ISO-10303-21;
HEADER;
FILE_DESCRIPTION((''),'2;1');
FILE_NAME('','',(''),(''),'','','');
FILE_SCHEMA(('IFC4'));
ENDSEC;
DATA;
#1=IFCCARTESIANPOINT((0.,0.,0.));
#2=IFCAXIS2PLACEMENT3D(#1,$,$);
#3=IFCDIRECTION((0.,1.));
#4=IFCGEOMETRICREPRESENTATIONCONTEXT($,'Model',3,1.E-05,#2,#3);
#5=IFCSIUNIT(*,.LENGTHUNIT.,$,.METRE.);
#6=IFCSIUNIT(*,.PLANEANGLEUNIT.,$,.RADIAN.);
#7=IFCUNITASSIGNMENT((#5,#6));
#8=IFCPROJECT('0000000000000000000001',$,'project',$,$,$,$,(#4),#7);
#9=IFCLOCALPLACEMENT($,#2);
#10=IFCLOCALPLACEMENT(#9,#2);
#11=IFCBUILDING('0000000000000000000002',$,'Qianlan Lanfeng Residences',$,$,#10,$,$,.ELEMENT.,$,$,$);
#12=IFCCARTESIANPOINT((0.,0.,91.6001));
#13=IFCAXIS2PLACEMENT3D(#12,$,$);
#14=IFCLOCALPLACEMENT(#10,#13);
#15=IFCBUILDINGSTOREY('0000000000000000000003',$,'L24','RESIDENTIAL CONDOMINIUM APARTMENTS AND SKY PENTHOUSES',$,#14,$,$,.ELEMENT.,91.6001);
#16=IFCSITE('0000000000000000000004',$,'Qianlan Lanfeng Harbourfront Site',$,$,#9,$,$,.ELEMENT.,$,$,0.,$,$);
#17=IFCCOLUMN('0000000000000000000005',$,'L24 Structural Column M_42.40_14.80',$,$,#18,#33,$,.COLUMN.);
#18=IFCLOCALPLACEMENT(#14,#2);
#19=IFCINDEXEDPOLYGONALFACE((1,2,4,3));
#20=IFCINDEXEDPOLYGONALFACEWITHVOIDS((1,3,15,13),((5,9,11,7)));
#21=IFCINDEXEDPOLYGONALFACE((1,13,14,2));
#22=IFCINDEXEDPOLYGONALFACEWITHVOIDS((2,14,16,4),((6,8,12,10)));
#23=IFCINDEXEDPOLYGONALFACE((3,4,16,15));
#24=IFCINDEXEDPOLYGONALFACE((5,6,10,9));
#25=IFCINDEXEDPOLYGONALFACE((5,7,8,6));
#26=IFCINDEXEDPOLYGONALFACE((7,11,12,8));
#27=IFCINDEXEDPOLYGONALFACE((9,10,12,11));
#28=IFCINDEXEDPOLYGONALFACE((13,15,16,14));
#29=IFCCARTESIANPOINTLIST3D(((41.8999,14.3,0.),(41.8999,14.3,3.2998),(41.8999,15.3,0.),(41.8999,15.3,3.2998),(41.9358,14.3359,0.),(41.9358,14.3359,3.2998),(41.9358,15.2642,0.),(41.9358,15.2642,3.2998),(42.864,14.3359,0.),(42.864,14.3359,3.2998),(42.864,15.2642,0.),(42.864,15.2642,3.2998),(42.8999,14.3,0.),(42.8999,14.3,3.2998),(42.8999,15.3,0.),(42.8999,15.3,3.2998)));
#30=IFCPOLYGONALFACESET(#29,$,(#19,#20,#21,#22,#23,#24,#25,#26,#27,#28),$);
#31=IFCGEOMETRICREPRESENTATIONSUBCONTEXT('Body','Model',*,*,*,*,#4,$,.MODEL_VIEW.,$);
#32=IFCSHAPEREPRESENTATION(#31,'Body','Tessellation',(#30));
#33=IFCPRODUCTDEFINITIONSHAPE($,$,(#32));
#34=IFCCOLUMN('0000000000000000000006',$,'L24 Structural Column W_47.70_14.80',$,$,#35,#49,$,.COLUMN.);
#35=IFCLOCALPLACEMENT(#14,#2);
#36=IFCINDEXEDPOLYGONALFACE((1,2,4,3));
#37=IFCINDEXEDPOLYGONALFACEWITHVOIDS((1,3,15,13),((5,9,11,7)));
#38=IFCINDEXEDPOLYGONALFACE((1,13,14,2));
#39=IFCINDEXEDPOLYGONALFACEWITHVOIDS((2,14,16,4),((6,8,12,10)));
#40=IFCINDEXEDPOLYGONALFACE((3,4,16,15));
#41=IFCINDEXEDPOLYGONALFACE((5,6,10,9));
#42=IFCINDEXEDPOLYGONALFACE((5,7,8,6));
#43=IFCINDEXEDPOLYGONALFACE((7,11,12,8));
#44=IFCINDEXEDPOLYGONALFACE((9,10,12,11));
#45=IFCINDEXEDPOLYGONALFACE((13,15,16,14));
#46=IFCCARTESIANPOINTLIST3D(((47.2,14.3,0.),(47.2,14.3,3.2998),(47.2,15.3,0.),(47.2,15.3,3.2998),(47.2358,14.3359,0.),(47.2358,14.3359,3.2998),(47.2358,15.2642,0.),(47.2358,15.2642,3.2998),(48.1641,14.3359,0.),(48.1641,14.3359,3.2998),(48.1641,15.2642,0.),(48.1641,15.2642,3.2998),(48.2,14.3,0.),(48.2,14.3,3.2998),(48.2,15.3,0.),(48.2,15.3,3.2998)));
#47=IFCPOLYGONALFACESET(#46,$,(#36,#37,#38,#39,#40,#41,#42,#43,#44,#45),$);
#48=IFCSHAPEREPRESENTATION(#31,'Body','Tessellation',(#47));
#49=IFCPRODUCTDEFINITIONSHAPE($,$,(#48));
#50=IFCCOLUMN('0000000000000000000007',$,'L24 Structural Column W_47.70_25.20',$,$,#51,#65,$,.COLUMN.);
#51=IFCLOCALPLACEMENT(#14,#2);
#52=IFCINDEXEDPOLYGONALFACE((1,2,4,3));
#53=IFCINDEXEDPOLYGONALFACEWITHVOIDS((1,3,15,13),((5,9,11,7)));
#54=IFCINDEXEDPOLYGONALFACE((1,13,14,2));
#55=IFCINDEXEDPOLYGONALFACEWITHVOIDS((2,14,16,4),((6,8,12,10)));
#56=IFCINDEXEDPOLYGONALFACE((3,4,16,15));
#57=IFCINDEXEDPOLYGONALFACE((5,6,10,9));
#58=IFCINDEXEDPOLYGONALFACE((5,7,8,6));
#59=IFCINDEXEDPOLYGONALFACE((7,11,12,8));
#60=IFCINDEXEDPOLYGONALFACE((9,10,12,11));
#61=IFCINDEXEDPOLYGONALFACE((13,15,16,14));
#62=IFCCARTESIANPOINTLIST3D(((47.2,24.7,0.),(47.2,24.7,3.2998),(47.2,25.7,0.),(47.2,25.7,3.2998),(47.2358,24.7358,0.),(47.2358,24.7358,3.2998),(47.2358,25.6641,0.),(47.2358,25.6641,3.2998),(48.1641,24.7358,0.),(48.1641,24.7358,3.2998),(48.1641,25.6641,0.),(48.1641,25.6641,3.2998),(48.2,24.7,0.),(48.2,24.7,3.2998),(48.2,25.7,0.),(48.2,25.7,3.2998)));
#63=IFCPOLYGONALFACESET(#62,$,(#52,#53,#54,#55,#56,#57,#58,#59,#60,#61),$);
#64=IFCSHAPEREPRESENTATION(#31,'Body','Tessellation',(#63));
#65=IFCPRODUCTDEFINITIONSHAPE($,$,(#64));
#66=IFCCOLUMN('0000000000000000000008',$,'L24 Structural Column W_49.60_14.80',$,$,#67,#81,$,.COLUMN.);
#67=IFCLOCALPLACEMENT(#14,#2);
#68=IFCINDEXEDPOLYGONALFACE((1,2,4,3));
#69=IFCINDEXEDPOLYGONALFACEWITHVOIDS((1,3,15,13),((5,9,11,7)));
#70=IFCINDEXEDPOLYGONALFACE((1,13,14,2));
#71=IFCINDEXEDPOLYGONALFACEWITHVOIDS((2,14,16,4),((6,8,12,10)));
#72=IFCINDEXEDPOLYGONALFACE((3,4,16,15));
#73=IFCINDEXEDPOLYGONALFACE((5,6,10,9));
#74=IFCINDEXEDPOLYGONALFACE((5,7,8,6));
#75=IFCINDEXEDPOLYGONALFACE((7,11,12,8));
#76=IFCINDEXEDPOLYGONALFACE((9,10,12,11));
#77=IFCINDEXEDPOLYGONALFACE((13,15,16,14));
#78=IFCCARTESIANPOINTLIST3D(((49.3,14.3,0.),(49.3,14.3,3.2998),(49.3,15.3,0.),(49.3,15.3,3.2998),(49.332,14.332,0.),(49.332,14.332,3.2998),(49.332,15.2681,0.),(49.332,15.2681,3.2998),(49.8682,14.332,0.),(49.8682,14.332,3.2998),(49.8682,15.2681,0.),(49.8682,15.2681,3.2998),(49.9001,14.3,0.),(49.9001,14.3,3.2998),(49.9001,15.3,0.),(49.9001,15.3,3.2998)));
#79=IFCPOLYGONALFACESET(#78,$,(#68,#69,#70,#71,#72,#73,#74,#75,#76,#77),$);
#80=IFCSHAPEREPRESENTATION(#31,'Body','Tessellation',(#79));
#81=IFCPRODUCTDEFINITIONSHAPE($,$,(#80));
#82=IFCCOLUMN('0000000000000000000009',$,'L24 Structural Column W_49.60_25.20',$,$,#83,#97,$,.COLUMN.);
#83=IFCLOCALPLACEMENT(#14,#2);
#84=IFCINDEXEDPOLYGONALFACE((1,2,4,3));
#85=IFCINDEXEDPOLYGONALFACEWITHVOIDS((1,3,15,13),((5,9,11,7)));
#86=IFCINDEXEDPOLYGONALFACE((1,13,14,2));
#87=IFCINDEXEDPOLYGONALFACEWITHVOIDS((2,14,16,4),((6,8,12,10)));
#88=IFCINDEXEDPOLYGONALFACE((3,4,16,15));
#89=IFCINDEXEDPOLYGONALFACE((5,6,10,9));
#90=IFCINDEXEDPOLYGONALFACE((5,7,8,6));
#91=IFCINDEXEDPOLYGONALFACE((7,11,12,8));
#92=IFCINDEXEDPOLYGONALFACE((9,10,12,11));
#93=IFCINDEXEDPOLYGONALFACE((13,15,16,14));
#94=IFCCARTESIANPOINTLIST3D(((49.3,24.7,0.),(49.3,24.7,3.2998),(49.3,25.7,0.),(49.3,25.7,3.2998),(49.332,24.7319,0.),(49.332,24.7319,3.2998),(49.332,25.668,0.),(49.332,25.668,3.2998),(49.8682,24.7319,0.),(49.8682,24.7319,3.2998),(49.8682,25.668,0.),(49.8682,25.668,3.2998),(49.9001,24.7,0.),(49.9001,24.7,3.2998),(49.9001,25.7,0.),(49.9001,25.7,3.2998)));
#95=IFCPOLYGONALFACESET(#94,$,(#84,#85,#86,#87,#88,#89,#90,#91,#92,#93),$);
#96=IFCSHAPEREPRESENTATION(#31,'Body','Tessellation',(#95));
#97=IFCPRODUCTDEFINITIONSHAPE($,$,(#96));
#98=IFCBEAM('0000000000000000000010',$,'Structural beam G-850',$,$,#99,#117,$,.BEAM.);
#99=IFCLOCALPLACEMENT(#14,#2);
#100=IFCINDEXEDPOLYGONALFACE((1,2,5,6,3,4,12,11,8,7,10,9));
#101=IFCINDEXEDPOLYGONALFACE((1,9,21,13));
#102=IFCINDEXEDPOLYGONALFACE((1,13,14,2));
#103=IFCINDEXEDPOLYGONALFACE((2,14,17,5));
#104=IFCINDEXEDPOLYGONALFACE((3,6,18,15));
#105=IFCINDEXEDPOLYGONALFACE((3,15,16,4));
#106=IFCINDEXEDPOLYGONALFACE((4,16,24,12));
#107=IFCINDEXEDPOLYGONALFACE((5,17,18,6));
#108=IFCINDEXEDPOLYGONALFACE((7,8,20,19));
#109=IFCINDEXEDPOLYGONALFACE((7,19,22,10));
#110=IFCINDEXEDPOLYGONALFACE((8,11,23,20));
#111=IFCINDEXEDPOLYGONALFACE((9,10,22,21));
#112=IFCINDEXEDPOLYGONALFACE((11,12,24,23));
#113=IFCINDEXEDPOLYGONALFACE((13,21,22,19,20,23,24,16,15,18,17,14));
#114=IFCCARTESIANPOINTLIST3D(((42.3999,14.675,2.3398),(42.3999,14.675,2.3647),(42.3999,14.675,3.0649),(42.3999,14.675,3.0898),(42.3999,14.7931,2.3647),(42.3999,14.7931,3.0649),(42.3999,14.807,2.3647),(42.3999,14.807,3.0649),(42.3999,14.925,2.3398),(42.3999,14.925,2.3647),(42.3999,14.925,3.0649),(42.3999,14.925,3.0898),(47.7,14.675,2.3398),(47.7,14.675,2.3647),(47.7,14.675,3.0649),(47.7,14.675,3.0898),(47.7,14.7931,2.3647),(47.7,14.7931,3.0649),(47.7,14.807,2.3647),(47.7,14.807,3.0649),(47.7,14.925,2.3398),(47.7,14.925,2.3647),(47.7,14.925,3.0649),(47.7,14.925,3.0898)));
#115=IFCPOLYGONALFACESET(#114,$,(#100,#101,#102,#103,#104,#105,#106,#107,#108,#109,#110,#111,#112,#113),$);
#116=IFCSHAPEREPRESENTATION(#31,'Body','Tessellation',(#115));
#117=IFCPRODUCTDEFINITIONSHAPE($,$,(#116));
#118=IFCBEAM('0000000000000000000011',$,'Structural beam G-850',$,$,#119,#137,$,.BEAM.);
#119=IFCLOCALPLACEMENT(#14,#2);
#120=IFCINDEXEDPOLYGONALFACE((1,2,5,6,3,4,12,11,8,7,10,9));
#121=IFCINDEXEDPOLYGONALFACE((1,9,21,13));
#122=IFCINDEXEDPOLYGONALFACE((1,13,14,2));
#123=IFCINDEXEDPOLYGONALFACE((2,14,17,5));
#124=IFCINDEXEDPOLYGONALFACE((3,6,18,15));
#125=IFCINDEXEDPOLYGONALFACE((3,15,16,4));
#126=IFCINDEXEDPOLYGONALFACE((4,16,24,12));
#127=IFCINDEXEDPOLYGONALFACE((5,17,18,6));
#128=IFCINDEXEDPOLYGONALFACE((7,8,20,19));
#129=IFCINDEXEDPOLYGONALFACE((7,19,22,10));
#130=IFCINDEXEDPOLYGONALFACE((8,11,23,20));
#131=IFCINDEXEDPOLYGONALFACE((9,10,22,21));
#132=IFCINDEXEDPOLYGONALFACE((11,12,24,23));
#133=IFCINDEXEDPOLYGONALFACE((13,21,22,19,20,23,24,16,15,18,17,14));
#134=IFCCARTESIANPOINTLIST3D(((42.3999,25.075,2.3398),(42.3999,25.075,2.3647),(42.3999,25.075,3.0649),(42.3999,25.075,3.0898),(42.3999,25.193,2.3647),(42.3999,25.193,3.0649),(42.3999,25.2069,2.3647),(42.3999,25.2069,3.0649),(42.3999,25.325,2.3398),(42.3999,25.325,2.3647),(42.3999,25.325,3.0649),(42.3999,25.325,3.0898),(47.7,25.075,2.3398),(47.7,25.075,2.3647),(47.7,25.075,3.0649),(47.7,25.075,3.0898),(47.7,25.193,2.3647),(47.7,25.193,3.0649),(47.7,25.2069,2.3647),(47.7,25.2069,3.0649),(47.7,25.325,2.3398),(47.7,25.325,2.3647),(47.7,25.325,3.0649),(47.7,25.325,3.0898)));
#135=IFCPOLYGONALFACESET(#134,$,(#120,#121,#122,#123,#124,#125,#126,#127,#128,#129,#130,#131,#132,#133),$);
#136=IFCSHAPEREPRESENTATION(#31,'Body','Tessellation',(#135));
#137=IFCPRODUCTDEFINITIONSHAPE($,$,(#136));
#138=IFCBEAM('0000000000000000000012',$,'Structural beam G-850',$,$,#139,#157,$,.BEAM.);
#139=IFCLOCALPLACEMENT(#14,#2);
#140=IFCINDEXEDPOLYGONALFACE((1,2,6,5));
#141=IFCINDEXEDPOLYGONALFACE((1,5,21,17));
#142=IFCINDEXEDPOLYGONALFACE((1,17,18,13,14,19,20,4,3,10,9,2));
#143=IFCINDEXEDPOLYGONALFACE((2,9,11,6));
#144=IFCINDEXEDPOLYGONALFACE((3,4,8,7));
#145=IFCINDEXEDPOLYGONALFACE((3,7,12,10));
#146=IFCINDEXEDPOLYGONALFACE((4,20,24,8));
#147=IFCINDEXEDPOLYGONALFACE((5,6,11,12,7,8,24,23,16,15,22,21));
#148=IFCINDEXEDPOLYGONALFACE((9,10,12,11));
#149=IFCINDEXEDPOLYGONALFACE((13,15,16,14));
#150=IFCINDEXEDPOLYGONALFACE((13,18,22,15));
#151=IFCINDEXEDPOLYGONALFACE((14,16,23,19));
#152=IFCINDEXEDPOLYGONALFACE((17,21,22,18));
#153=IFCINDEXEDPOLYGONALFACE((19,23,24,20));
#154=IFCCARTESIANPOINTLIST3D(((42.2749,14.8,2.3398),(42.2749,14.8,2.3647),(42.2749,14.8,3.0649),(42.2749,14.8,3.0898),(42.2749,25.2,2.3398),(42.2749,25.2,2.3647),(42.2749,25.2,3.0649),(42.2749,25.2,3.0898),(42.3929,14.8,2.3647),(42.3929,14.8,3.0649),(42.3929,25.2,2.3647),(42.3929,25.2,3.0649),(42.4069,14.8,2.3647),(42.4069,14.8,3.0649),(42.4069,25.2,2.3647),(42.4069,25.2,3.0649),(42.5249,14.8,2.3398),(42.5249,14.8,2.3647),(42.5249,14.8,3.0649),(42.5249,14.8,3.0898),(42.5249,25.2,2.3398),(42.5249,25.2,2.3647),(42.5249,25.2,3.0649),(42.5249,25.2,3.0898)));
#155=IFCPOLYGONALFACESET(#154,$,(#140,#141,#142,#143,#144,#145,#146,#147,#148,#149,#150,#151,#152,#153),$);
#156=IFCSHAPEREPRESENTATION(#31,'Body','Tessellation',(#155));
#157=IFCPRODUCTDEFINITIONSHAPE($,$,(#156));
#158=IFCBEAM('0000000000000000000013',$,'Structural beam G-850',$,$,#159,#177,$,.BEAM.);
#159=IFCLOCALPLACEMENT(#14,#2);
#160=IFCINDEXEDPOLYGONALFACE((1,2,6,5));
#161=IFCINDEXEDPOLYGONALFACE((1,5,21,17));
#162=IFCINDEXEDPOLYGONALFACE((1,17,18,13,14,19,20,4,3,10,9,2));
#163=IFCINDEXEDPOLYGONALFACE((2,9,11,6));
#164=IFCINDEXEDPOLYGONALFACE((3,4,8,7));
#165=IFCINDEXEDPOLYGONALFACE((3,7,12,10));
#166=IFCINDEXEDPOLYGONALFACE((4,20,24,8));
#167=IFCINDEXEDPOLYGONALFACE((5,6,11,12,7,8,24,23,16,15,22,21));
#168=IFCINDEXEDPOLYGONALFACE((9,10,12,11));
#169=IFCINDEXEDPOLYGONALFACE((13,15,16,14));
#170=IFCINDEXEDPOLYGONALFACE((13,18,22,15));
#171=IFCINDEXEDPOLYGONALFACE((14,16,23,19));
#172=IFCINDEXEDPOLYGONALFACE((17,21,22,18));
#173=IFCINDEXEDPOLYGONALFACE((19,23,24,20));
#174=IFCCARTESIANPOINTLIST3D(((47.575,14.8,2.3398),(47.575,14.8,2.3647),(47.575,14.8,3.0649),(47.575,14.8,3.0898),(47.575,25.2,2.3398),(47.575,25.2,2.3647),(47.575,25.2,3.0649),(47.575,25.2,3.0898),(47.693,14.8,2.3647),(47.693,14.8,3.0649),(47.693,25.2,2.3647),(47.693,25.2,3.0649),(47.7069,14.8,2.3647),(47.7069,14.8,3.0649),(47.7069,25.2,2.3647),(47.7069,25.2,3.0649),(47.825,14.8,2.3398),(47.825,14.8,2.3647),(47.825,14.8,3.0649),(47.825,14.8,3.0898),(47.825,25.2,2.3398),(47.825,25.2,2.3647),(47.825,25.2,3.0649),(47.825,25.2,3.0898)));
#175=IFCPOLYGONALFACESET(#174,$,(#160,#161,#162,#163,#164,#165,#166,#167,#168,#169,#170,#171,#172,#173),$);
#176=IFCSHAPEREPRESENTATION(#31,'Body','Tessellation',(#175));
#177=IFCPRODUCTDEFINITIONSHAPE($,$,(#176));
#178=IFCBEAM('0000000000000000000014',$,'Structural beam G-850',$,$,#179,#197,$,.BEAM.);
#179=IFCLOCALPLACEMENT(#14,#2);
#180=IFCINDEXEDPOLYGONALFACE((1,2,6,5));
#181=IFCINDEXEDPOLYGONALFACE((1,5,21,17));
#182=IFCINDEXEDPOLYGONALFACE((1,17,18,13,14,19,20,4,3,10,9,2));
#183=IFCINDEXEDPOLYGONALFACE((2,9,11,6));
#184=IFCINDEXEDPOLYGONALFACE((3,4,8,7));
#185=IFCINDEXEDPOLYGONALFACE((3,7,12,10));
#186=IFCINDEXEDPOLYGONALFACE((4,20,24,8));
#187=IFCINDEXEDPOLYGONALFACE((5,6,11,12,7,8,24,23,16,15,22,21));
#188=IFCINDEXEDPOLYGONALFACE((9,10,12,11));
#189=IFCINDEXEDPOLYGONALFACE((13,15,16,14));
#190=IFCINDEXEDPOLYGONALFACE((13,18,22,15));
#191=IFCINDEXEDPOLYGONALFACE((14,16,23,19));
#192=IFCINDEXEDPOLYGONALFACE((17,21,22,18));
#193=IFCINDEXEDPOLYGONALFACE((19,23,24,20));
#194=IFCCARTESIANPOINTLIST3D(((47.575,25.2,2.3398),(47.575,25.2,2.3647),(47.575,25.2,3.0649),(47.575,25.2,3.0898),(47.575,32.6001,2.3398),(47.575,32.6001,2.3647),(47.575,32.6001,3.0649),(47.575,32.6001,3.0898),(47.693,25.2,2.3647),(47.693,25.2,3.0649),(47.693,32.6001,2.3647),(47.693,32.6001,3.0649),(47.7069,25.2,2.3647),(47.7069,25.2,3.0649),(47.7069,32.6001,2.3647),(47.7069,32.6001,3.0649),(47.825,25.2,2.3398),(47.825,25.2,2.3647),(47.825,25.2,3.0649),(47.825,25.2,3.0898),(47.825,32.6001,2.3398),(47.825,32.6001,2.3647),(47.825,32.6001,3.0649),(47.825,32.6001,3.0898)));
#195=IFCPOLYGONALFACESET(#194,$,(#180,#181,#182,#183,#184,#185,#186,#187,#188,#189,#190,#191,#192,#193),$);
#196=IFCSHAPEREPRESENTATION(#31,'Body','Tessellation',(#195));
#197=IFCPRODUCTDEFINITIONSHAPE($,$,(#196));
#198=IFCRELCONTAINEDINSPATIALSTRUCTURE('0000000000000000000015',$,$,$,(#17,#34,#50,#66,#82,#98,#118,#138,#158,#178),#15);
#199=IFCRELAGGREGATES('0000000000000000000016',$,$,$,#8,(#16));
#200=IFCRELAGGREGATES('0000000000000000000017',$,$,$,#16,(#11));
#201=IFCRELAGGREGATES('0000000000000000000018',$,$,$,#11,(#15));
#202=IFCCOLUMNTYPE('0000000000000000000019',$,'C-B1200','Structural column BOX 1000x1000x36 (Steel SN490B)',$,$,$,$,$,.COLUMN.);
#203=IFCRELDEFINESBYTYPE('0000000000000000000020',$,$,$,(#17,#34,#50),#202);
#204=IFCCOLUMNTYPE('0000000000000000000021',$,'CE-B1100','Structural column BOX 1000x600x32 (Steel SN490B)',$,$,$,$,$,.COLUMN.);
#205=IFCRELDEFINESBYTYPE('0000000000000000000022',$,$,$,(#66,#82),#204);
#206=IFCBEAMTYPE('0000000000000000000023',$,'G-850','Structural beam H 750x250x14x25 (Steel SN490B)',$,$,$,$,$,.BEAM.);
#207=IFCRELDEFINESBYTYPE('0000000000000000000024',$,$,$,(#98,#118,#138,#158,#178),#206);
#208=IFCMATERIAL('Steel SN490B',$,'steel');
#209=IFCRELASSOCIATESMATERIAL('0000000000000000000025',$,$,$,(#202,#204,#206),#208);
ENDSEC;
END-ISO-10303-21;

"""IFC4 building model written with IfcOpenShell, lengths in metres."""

from ifc_helpers import new_model, si_unit, direction, frame, origin, origin_2d, place, context, subcontext, project, spatial, hollow_rectangle, i_section, extrude, material, material_profile, profile_set, type_object, element, save


model = new_model("IFC4")

# Units and contexts
model_context = context("Model", 3, precision=1e-05, world=origin(), true_north=direction((0.0, 1.0)))
body_context = subcontext(model_context, "Body", "Model", "MODEL_VIEW")
ifc_project = project(units=[si_unit("LENGTHUNIT", "METRE"), si_unit("PLANEANGLEUNIT", "RADIAN")], contexts=[model_context])

# Site, building, storey
site_placement = place(None, origin())
site = spatial("IfcSite", under=ifc_project, at=site_placement, Name="Qianlan Lanfeng Harbourfront Site", CompositionType="ELEMENT", RefElevation=0.0)
building_placement = place(site_placement, origin())
building = spatial("IfcBuilding", under=site, at=building_placement, Name="Qianlan Lanfeng Residences", CompositionType="ELEMENT")
storey_placement = place(building_placement, frame((0.0, 0.0, 91.6001)))
storey = spatial("IfcBuildingStorey", under=building, at=storey_placement, Name="L24", Description="RESIDENTIAL CONDOMINIUM APARTMENTS AND SKY PENTHOUSES", CompositionType="ELEMENT", Elevation=91.6001)

# Columns
ifc_material_1 = material(Name="Steel SN490B", Category="steel")
ifc_material_profile_1 = material_profile(ifc_material_1, hollow_rectangle(XDim=1.0, YDim=1.0, WallThickness=0.0359, at=origin_2d()), Name="BOX 1000x1000x36")
ifc_profile_set_1 = profile_set([ifc_material_profile_1], Name="Steel SN490B")
column_type_1 = type_object("IfcColumnType", Name="C-B1200", Description="Structural column BOX 1000x1000x36 (Steel SN490B)", PredefinedType="COLUMN", material=ifc_profile_set_1)
for number, where, z_axis, x_axis, name in (
    (1, (42.3999, 14.8, 0.0), (0.0, 0.0, 1.0), (1.0, 0.0, 0.0), "L24 Structural Column M_42.40_14.80"),
    (2, (47.7, 14.8, 0.0), (0.0, 0.0, 1.0), (1.0, 0.0, 0.0), "L24 Structural Column W_47.70_14.80"),
    (3, (47.7, 25.2, 0.0), (0.0, 0.0, 1.0), (1.0, 0.0, 0.0), "L24 Structural Column W_47.70_25.20"),
):
    element("IfcColumn", number, at=place(storey_placement, frame(where, z_axis=z_axis, x_axis=x_axis)), inside=storey, type_object=column_type_1, Name=name, PredefinedType="COLUMN", context=body_context, shape_type="SweptSolid", body=[
        extrude(hollow_rectangle(XDim=1.0, YDim=1.0, WallThickness=0.0359, at=origin_2d()), origin(), (0.0, 0.0, 1.0), 3.2998),
    ])
ifc_material_profile_2 = material_profile(ifc_material_1, hollow_rectangle(XDim=0.6001, YDim=1.0, WallThickness=0.032, at=origin_2d()), Name="BOX 1000x600x32")
ifc_profile_set_2 = profile_set([ifc_material_profile_2], Name="Steel SN490B")
column_type_2 = type_object("IfcColumnType", Name="CE-B1100", Description="Structural column BOX 1000x600x32 (Steel SN490B)", PredefinedType="COLUMN", material=ifc_profile_set_2)
for number, where, z_axis, x_axis, name in (
    (4, (49.6001, 14.8, 0.0), (0.0, 0.0, 1.0), (1.0, 0.0, 0.0), "L24 Structural Column W_49.60_14.80"),
    (5, (49.6001, 25.2, 0.0), (0.0, 0.0, 1.0), (1.0, 0.0, 0.0), "L24 Structural Column W_49.60_25.20"),
):
    element("IfcColumn", number, at=place(storey_placement, frame(where, z_axis=z_axis, x_axis=x_axis)), inside=storey, type_object=column_type_2, Name=name, PredefinedType="COLUMN", context=body_context, shape_type="SweptSolid", body=[
        extrude(hollow_rectangle(XDim=0.6001, YDim=1.0, WallThickness=0.032, at=origin_2d()), origin(), (0.0, 0.0, 1.0), 3.2998),
    ])

# Beams
ifc_material_profile_3 = material_profile(ifc_material_1, i_section(OverallWidth=0.25, OverallDepth=0.75, WebThickness=0.0139, FlangeThickness=0.0249, at=origin_2d()), Name="H 750x250x14x25")
ifc_profile_set_3 = profile_set([ifc_material_profile_3], Name="Steel SN490B")
beam_type_1 = type_object("IfcBeamType", Name="G-850", Description="Structural beam H 750x250x14x25 (Steel SN490B)", PredefinedType="BEAM", material=ifc_profile_set_3)
for number, where, z_axis, x_axis, name in (
    (6, (42.3999, 14.8, 2.7148), (1.0, 0.0, 0.0), (0.0, 1.0, 0.0), "Structural beam G-850"),
    (7, (42.3999, 25.2, 2.7148), (1.0, 0.0, 0.0), (0.0, 1.0, 0.0), "Structural beam G-850"),
):
    element("IfcBeam", number, at=place(storey_placement, frame(where, z_axis=z_axis, x_axis=x_axis)), inside=storey, type_object=beam_type_1, Name=name, PredefinedType="BEAM", context=body_context, shape_type="SweptSolid", body=[
        extrude(i_section(OverallWidth=0.25, OverallDepth=0.75, WebThickness=0.0139, FlangeThickness=0.0249, at=origin_2d()), origin(), (0.0, 0.0, 1.0), 5.3),
    ])
for number, where, z_axis, x_axis, name in (
    (8, (42.3999, 14.8, 2.7148), (0.0, 1.0, 0.0), (-1.0, 0.0, 0.0), "Structural beam G-850"),
    (9, (47.7, 14.8, 2.7148), (0.0, 1.0, 0.0), (-1.0, 0.0, 0.0), "Structural beam G-850"),
):
    element("IfcBeam", number, at=place(storey_placement, frame(where, z_axis=z_axis, x_axis=x_axis)), inside=storey, type_object=beam_type_1, Name=name, PredefinedType="BEAM", context=body_context, shape_type="SweptSolid", body=[
        extrude(i_section(OverallWidth=0.25, OverallDepth=0.75, WebThickness=0.0139, FlangeThickness=0.0249, at=origin_2d()), origin(), (0.0, 0.0, 1.0), 10.3999),
    ])
beam_1_placement = place(storey_placement, frame((47.7, 25.2, 2.7148), z_axis=(0.0, 1.0, 0.0), x_axis=(-1.0, 0.0, 0.0)))
element("IfcBeam", 10, at=beam_1_placement, inside=storey, type_object=beam_type_1, Name="Structural beam G-850", PredefinedType="BEAM", context=body_context, shape_type="SweptSolid", body=[
    extrude(i_section(OverallWidth=0.25, OverallDepth=0.75, WebThickness=0.0139, FlangeThickness=0.0249, at=origin_2d()), origin(), (0.0, 0.0, 1.0), 7.4001),
])

save(model, "model.ifc")
